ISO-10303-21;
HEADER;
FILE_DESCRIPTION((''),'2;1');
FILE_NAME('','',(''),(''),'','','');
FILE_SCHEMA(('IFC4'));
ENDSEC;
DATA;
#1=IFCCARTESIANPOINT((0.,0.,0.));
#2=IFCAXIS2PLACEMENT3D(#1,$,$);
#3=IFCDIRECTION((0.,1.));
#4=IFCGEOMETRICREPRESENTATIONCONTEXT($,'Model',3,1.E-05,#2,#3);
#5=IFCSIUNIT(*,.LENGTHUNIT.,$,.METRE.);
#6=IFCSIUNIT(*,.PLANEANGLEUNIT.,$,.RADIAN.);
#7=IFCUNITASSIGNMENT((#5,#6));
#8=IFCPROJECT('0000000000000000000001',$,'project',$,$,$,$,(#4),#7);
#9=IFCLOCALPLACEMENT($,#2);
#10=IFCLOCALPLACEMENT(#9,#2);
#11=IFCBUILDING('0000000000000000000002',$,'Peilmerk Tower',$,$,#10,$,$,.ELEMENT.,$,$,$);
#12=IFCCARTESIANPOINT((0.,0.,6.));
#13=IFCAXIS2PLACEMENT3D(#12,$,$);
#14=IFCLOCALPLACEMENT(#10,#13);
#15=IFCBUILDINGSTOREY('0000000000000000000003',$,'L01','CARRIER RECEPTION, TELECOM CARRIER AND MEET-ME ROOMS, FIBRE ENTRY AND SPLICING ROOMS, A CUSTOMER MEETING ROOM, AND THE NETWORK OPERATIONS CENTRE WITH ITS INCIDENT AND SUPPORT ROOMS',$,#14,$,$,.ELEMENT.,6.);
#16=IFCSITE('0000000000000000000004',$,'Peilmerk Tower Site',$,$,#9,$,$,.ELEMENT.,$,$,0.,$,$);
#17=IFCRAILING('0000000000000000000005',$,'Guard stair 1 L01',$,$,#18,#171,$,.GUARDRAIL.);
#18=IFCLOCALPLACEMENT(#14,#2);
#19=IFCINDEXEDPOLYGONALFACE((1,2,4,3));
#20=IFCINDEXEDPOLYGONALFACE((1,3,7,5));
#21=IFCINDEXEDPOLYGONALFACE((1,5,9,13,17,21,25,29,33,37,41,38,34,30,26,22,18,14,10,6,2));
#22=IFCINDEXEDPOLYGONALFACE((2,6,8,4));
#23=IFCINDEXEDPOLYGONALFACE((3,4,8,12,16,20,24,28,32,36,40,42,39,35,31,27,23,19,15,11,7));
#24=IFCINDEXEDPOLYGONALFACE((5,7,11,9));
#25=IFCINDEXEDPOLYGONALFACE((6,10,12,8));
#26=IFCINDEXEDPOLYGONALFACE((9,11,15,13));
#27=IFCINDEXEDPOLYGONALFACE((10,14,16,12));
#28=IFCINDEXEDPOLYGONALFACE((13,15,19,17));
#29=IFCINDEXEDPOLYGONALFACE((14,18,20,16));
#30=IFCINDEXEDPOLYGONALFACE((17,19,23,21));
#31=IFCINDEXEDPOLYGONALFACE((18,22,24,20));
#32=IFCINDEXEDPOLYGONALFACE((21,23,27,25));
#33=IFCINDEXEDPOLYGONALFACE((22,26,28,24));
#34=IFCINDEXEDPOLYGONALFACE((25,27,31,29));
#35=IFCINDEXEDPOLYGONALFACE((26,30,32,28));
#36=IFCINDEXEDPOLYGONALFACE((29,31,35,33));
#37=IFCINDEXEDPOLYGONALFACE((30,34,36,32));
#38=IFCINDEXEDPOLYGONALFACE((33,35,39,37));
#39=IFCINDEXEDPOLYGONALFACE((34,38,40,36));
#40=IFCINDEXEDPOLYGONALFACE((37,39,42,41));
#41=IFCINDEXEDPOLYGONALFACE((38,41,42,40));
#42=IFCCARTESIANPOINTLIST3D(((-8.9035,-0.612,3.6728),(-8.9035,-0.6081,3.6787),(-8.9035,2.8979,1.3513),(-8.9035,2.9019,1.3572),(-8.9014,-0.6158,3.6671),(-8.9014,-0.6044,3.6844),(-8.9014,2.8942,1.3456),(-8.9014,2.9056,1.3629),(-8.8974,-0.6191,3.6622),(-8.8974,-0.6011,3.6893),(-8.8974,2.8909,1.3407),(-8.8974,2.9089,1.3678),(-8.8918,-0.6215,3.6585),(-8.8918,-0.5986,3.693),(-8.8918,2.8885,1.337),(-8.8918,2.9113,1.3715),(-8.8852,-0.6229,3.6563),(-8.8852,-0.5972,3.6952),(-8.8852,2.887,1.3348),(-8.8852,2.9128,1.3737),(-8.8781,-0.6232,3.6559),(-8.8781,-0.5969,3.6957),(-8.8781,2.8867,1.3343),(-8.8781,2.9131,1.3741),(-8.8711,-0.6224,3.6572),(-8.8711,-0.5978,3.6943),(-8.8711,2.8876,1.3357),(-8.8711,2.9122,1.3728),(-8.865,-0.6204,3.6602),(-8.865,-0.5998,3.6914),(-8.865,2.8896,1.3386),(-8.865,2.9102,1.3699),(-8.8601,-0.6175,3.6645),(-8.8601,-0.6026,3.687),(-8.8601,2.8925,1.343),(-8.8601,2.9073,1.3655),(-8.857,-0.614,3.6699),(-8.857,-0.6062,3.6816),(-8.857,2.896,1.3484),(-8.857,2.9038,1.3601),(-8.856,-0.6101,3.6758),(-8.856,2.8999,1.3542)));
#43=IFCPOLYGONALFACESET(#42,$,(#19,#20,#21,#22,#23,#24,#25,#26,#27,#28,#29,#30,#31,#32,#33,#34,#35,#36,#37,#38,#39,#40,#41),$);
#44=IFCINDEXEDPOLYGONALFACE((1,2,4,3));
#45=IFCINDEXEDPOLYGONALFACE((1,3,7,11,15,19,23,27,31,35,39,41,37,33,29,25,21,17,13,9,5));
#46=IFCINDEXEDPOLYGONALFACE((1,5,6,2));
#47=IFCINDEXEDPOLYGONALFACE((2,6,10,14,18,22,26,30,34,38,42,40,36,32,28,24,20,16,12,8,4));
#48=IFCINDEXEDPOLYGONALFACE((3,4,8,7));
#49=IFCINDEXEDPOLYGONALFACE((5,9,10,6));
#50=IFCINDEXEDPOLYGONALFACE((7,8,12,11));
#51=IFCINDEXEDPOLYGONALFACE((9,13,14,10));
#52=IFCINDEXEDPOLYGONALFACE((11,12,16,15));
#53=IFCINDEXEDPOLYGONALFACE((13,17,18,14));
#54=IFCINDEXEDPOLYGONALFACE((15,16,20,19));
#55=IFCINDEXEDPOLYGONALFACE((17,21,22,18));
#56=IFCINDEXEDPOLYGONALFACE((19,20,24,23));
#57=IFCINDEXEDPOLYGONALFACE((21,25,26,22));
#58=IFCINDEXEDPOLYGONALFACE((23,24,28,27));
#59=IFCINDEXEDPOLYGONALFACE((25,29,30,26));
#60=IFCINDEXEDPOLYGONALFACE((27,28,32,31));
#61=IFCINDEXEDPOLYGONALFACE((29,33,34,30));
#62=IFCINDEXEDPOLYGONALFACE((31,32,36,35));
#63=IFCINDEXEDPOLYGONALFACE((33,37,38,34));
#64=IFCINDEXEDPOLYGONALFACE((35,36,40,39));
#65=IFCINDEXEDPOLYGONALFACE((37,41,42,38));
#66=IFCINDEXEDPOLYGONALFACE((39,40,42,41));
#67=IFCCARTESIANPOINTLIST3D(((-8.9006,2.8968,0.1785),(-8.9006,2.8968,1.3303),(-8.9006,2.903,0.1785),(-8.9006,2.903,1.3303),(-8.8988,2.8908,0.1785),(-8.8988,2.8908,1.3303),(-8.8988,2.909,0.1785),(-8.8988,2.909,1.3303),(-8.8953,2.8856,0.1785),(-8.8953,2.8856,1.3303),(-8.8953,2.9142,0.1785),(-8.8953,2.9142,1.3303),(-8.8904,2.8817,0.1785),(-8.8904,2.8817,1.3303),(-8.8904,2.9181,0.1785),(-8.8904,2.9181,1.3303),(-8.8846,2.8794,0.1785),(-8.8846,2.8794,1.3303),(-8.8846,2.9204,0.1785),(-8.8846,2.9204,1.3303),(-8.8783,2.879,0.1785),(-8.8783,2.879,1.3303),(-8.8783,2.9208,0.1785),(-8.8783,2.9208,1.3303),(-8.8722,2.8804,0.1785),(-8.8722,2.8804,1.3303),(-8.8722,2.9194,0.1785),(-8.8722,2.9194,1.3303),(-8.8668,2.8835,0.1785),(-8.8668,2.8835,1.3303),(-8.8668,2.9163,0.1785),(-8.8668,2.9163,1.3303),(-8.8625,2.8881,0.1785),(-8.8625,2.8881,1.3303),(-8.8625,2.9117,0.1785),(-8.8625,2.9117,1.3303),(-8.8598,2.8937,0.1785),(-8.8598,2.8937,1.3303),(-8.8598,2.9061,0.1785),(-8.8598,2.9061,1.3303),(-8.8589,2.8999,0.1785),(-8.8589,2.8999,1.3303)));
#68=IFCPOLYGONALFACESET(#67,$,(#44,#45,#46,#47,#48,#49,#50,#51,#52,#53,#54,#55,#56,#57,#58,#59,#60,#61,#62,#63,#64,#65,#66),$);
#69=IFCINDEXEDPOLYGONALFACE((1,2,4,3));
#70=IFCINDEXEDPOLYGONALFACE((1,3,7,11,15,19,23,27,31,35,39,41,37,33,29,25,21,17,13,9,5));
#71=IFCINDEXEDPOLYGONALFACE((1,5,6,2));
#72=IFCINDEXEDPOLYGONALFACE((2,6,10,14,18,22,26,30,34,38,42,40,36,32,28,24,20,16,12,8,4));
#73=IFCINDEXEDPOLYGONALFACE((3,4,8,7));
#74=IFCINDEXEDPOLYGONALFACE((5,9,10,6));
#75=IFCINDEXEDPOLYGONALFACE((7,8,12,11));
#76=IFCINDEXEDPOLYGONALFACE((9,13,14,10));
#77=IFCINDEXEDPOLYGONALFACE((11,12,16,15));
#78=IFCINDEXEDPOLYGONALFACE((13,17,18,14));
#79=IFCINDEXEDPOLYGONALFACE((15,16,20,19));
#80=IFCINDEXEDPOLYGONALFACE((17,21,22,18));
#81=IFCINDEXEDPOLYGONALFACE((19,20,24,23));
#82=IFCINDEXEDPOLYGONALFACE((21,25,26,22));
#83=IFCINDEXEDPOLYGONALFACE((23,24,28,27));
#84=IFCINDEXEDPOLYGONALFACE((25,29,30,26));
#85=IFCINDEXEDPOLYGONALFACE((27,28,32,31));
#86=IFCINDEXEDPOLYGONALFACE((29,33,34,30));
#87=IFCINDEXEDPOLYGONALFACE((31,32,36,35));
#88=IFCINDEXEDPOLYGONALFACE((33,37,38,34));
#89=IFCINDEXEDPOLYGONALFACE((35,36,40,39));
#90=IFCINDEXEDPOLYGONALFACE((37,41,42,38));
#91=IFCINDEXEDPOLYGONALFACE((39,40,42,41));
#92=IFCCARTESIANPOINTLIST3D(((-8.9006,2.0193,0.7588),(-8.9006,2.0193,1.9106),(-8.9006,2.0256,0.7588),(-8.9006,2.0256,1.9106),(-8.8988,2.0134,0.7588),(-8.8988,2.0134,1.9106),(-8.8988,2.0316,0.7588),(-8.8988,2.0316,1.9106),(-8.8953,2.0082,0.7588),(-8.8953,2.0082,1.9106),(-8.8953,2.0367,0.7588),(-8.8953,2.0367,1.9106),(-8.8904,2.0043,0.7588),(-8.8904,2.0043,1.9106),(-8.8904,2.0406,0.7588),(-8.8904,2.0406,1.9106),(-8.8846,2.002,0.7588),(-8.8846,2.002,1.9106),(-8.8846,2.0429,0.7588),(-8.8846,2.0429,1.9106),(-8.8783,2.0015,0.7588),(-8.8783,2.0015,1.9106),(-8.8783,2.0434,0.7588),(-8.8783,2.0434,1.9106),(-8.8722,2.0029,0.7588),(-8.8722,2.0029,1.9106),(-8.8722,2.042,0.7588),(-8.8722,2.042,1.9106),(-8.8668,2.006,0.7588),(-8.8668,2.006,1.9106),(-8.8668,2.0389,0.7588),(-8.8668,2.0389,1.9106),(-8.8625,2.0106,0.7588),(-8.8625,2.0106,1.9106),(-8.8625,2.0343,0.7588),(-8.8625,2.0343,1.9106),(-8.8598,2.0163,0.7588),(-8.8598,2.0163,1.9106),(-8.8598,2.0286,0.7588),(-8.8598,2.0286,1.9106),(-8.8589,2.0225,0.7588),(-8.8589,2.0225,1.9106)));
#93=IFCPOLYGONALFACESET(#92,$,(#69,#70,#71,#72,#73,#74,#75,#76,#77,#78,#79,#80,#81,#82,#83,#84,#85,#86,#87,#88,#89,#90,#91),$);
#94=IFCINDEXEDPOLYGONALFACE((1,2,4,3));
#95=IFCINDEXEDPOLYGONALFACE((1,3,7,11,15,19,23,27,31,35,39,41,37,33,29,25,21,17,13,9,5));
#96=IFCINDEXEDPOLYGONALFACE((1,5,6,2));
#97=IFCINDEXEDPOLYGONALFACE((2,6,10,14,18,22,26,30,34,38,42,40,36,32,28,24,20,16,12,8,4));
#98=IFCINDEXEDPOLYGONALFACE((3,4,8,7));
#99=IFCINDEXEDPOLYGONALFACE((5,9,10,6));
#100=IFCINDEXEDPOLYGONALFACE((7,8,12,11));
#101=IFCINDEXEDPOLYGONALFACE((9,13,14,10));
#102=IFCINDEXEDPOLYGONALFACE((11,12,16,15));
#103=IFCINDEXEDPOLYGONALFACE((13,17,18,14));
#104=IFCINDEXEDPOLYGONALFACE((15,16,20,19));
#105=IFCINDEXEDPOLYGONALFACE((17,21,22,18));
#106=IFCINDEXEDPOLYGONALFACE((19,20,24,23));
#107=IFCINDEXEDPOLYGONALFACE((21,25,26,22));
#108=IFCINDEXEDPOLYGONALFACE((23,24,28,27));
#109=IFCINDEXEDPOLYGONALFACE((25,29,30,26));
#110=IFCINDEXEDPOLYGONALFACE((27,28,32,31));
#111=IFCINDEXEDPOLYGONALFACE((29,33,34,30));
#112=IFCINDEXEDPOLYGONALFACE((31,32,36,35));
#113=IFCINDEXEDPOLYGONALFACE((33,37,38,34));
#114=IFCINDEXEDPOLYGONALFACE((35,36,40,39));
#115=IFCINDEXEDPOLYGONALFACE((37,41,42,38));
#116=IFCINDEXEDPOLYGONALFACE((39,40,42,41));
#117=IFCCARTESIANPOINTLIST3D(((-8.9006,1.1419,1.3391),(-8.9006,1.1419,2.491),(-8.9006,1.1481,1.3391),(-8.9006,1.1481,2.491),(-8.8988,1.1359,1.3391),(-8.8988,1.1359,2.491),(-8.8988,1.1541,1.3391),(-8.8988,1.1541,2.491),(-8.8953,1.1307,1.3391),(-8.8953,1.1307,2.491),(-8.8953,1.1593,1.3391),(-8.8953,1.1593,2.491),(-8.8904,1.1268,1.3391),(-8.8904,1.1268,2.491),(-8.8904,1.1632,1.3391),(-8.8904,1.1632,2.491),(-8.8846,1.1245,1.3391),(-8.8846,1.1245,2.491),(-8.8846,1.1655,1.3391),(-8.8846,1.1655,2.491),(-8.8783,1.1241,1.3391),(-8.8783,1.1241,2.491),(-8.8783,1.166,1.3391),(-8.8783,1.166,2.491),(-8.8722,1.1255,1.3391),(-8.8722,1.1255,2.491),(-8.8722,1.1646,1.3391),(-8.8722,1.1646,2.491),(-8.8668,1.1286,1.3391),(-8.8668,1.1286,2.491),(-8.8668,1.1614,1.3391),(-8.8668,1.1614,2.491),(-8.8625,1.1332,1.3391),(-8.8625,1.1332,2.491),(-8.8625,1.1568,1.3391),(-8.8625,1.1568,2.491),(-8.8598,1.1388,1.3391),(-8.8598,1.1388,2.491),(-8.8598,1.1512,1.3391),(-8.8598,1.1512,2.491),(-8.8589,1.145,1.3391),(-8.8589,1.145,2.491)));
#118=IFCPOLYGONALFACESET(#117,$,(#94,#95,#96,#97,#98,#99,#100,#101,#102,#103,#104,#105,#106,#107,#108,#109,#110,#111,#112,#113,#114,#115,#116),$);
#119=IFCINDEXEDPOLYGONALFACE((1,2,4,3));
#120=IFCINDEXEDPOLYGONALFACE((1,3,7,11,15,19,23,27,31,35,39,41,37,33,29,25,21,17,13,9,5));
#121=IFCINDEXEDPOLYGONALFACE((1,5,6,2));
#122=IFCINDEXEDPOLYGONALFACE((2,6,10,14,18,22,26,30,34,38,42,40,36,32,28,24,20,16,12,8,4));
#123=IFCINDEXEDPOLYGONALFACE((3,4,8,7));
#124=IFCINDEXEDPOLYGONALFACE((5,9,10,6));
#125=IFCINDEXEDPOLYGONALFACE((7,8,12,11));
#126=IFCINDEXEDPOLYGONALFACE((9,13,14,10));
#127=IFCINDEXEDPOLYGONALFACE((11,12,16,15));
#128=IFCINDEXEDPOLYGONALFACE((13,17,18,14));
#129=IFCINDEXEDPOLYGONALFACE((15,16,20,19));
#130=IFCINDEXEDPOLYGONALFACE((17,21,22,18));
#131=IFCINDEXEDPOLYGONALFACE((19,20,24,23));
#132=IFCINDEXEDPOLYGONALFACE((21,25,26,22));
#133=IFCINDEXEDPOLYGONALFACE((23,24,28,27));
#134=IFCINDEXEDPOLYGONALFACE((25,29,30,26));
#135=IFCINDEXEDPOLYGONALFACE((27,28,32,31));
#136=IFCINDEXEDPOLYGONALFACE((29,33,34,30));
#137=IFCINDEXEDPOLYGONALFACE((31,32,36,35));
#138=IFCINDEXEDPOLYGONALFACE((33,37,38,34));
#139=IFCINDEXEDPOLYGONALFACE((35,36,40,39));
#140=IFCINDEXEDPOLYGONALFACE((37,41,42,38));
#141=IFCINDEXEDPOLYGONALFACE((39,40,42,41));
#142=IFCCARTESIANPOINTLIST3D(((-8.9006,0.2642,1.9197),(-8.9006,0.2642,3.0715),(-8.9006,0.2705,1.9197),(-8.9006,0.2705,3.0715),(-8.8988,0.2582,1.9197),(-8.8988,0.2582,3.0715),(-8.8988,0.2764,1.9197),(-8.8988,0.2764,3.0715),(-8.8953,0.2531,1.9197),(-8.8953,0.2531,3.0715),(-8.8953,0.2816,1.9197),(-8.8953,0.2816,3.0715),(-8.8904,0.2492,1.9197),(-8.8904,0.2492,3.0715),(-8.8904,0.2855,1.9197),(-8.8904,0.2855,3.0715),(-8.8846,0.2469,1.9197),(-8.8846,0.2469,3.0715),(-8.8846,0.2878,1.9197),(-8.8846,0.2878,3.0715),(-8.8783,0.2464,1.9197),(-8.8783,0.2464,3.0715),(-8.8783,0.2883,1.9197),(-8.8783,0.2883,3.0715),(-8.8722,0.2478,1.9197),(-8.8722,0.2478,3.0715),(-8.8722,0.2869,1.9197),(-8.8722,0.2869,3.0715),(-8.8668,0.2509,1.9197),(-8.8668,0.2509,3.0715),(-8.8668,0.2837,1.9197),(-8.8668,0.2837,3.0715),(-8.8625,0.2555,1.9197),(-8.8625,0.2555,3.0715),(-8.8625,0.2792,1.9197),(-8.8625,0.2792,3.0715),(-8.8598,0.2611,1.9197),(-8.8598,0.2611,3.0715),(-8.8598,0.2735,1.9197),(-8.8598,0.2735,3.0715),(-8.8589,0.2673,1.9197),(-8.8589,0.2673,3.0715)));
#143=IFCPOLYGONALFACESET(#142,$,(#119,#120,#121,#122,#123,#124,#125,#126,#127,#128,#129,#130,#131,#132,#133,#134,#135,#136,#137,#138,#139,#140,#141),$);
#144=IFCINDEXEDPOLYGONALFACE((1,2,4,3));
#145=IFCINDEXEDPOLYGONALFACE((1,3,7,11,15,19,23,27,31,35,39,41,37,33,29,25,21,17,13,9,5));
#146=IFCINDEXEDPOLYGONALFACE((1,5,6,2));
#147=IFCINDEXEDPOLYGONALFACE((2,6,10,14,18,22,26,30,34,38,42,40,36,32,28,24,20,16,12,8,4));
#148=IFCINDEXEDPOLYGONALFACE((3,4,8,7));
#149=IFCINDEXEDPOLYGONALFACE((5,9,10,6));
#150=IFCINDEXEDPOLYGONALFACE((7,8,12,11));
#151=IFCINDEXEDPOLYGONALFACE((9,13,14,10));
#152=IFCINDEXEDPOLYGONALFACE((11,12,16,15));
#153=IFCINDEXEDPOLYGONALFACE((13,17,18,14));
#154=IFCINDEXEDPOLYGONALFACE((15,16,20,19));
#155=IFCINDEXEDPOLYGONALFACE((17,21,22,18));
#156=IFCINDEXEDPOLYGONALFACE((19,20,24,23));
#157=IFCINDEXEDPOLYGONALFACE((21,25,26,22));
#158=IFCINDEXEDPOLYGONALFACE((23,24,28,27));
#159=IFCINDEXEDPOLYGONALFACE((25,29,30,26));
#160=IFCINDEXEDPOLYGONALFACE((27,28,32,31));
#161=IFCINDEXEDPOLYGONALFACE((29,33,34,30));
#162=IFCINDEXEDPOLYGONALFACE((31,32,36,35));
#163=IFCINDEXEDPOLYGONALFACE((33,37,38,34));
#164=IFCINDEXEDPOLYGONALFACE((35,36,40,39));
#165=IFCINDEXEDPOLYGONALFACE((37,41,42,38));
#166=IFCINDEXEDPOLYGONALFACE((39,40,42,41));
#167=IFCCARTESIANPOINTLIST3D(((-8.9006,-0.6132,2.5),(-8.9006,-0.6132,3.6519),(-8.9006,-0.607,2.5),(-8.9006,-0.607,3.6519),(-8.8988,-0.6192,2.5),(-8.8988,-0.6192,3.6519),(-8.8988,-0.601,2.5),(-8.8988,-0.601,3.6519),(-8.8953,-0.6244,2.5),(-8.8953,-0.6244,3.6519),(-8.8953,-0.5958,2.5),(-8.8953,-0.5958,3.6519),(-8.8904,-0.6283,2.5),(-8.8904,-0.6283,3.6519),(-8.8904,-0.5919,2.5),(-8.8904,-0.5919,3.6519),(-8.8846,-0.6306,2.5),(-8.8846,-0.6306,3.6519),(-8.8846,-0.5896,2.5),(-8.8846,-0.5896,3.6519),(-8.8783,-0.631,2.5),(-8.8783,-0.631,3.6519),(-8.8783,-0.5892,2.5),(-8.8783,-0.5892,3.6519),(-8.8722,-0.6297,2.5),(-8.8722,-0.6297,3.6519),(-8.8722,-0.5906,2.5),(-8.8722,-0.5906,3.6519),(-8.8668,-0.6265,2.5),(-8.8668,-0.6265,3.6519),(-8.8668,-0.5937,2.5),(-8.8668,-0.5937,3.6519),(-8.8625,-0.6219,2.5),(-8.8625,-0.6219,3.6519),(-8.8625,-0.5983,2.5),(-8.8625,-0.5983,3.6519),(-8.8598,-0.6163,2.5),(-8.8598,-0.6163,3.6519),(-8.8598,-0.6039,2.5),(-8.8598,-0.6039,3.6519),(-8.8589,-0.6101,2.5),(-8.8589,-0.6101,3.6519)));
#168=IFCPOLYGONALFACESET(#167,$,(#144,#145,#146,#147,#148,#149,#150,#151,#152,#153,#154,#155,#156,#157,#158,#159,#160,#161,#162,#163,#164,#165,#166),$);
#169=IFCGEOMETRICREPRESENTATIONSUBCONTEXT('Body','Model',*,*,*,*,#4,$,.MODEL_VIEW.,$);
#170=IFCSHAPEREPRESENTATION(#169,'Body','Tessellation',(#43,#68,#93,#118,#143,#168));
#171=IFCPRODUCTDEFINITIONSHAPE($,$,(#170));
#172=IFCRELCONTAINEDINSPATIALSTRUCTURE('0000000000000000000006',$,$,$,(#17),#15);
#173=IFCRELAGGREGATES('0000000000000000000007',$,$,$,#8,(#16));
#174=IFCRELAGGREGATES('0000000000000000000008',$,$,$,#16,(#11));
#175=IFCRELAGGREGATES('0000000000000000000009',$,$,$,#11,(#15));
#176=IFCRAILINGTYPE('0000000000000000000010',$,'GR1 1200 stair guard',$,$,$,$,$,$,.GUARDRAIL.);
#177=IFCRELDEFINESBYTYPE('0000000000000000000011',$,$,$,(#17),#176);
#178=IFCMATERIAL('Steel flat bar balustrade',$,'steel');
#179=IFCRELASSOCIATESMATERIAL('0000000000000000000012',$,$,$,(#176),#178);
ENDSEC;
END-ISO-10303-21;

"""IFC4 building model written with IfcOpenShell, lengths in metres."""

from ifc_helpers import new_model, si_unit, direction, frame, origin, origin_2d, place, context, subcontext, project, spatial, circle, extrude, material, type_object, element, save


model = new_model("IFC4")

# Units and contexts
model_context = context("Model", 3, precision=1e-05, world=origin(), true_north=direction((0.0, 1.0)))
body_context = subcontext(model_context, "Body", "Model", "MODEL_VIEW")
ifc_project = project(units=[si_unit("LENGTHUNIT", "METRE"), si_unit("PLANEANGLEUNIT", "RADIAN")], contexts=[model_context])

# Site, building, storey
site_placement = place(None, origin())
site = spatial("IfcSite", under=ifc_project, at=site_placement, Name="Peilmerk Tower Site", CompositionType="ELEMENT", RefElevation=0.0)
building_placement = place(site_placement, origin())
building = spatial("IfcBuilding", under=site, at=building_placement, Name="Peilmerk Tower", CompositionType="ELEMENT")
storey_placement = place(building_placement, frame((0.0, 0.0, 6.0)))
storey = spatial("IfcBuildingStorey", under=building, at=storey_placement, Name="L01", Description="CARRIER RECEPTION, TELECOM CARRIER AND MEET-ME ROOMS, FIBRE ENTRY AND SPLICING ROOMS, A CUSTOMER MEETING ROOM, AND THE NETWORK OPERATIONS CENTRE WITH ITS INCIDENT AND SUPPORT ROOMS", CompositionType="ELEMENT", Elevation=6.0)

# Railing
ifc_material_1 = material(Name="Steel flat bar balustrade", Category="steel")
railing_type_1 = type_object("IfcRailingType", Name="GR1 1200 stair guard", PredefinedType="GUARDRAIL", material=ifc_material_1)
railing_1_placement = place(storey_placement, frame((-8.8799, 2.8999, 0.1785)))
element("IfcRailing", 1, at=railing_1_placement, inside=storey, type_object=railing_type_1, Name="Guard stair 1 L01", PredefinedType="GUARDRAIL", context=body_context, shape_type="SweptSolid", body=[
    extrude(circle(Radius=0.0239, at=origin_2d()), frame((0.0, 0.0, 1.1758), z_axis=(0.0, -0.834071, 0.551657), x_axis=(1.0, 0.0, 0.0)), (0.0, 0.0, 1.0), 4.2083),
    extrude(circle(Radius=0.021, at=origin_2d()), origin(), (0.0, 0.0, 1.0), 1.1519),
    extrude(circle(Radius=0.021, at=origin_2d()), frame((0.0, -0.8774, 0.5803)), (0.0, 0.0, 1.0), 1.1519),
    extrude(circle(Radius=0.021, at=origin_2d()), frame((0.0, -1.7549, 1.1606)), (0.0, 0.0, 1.0), 1.1519),
    extrude(circle(Radius=0.021, at=origin_2d()), frame((0.0, -2.6326, 1.7412)), (0.0, 0.0, 1.0), 1.1519),
    extrude(circle(Radius=0.021, at=origin_2d()), frame((0.0, -3.51, 2.3215)), (0.0, 0.0, 1.0), 1.1519),
])

save(model, "model.ifc")
